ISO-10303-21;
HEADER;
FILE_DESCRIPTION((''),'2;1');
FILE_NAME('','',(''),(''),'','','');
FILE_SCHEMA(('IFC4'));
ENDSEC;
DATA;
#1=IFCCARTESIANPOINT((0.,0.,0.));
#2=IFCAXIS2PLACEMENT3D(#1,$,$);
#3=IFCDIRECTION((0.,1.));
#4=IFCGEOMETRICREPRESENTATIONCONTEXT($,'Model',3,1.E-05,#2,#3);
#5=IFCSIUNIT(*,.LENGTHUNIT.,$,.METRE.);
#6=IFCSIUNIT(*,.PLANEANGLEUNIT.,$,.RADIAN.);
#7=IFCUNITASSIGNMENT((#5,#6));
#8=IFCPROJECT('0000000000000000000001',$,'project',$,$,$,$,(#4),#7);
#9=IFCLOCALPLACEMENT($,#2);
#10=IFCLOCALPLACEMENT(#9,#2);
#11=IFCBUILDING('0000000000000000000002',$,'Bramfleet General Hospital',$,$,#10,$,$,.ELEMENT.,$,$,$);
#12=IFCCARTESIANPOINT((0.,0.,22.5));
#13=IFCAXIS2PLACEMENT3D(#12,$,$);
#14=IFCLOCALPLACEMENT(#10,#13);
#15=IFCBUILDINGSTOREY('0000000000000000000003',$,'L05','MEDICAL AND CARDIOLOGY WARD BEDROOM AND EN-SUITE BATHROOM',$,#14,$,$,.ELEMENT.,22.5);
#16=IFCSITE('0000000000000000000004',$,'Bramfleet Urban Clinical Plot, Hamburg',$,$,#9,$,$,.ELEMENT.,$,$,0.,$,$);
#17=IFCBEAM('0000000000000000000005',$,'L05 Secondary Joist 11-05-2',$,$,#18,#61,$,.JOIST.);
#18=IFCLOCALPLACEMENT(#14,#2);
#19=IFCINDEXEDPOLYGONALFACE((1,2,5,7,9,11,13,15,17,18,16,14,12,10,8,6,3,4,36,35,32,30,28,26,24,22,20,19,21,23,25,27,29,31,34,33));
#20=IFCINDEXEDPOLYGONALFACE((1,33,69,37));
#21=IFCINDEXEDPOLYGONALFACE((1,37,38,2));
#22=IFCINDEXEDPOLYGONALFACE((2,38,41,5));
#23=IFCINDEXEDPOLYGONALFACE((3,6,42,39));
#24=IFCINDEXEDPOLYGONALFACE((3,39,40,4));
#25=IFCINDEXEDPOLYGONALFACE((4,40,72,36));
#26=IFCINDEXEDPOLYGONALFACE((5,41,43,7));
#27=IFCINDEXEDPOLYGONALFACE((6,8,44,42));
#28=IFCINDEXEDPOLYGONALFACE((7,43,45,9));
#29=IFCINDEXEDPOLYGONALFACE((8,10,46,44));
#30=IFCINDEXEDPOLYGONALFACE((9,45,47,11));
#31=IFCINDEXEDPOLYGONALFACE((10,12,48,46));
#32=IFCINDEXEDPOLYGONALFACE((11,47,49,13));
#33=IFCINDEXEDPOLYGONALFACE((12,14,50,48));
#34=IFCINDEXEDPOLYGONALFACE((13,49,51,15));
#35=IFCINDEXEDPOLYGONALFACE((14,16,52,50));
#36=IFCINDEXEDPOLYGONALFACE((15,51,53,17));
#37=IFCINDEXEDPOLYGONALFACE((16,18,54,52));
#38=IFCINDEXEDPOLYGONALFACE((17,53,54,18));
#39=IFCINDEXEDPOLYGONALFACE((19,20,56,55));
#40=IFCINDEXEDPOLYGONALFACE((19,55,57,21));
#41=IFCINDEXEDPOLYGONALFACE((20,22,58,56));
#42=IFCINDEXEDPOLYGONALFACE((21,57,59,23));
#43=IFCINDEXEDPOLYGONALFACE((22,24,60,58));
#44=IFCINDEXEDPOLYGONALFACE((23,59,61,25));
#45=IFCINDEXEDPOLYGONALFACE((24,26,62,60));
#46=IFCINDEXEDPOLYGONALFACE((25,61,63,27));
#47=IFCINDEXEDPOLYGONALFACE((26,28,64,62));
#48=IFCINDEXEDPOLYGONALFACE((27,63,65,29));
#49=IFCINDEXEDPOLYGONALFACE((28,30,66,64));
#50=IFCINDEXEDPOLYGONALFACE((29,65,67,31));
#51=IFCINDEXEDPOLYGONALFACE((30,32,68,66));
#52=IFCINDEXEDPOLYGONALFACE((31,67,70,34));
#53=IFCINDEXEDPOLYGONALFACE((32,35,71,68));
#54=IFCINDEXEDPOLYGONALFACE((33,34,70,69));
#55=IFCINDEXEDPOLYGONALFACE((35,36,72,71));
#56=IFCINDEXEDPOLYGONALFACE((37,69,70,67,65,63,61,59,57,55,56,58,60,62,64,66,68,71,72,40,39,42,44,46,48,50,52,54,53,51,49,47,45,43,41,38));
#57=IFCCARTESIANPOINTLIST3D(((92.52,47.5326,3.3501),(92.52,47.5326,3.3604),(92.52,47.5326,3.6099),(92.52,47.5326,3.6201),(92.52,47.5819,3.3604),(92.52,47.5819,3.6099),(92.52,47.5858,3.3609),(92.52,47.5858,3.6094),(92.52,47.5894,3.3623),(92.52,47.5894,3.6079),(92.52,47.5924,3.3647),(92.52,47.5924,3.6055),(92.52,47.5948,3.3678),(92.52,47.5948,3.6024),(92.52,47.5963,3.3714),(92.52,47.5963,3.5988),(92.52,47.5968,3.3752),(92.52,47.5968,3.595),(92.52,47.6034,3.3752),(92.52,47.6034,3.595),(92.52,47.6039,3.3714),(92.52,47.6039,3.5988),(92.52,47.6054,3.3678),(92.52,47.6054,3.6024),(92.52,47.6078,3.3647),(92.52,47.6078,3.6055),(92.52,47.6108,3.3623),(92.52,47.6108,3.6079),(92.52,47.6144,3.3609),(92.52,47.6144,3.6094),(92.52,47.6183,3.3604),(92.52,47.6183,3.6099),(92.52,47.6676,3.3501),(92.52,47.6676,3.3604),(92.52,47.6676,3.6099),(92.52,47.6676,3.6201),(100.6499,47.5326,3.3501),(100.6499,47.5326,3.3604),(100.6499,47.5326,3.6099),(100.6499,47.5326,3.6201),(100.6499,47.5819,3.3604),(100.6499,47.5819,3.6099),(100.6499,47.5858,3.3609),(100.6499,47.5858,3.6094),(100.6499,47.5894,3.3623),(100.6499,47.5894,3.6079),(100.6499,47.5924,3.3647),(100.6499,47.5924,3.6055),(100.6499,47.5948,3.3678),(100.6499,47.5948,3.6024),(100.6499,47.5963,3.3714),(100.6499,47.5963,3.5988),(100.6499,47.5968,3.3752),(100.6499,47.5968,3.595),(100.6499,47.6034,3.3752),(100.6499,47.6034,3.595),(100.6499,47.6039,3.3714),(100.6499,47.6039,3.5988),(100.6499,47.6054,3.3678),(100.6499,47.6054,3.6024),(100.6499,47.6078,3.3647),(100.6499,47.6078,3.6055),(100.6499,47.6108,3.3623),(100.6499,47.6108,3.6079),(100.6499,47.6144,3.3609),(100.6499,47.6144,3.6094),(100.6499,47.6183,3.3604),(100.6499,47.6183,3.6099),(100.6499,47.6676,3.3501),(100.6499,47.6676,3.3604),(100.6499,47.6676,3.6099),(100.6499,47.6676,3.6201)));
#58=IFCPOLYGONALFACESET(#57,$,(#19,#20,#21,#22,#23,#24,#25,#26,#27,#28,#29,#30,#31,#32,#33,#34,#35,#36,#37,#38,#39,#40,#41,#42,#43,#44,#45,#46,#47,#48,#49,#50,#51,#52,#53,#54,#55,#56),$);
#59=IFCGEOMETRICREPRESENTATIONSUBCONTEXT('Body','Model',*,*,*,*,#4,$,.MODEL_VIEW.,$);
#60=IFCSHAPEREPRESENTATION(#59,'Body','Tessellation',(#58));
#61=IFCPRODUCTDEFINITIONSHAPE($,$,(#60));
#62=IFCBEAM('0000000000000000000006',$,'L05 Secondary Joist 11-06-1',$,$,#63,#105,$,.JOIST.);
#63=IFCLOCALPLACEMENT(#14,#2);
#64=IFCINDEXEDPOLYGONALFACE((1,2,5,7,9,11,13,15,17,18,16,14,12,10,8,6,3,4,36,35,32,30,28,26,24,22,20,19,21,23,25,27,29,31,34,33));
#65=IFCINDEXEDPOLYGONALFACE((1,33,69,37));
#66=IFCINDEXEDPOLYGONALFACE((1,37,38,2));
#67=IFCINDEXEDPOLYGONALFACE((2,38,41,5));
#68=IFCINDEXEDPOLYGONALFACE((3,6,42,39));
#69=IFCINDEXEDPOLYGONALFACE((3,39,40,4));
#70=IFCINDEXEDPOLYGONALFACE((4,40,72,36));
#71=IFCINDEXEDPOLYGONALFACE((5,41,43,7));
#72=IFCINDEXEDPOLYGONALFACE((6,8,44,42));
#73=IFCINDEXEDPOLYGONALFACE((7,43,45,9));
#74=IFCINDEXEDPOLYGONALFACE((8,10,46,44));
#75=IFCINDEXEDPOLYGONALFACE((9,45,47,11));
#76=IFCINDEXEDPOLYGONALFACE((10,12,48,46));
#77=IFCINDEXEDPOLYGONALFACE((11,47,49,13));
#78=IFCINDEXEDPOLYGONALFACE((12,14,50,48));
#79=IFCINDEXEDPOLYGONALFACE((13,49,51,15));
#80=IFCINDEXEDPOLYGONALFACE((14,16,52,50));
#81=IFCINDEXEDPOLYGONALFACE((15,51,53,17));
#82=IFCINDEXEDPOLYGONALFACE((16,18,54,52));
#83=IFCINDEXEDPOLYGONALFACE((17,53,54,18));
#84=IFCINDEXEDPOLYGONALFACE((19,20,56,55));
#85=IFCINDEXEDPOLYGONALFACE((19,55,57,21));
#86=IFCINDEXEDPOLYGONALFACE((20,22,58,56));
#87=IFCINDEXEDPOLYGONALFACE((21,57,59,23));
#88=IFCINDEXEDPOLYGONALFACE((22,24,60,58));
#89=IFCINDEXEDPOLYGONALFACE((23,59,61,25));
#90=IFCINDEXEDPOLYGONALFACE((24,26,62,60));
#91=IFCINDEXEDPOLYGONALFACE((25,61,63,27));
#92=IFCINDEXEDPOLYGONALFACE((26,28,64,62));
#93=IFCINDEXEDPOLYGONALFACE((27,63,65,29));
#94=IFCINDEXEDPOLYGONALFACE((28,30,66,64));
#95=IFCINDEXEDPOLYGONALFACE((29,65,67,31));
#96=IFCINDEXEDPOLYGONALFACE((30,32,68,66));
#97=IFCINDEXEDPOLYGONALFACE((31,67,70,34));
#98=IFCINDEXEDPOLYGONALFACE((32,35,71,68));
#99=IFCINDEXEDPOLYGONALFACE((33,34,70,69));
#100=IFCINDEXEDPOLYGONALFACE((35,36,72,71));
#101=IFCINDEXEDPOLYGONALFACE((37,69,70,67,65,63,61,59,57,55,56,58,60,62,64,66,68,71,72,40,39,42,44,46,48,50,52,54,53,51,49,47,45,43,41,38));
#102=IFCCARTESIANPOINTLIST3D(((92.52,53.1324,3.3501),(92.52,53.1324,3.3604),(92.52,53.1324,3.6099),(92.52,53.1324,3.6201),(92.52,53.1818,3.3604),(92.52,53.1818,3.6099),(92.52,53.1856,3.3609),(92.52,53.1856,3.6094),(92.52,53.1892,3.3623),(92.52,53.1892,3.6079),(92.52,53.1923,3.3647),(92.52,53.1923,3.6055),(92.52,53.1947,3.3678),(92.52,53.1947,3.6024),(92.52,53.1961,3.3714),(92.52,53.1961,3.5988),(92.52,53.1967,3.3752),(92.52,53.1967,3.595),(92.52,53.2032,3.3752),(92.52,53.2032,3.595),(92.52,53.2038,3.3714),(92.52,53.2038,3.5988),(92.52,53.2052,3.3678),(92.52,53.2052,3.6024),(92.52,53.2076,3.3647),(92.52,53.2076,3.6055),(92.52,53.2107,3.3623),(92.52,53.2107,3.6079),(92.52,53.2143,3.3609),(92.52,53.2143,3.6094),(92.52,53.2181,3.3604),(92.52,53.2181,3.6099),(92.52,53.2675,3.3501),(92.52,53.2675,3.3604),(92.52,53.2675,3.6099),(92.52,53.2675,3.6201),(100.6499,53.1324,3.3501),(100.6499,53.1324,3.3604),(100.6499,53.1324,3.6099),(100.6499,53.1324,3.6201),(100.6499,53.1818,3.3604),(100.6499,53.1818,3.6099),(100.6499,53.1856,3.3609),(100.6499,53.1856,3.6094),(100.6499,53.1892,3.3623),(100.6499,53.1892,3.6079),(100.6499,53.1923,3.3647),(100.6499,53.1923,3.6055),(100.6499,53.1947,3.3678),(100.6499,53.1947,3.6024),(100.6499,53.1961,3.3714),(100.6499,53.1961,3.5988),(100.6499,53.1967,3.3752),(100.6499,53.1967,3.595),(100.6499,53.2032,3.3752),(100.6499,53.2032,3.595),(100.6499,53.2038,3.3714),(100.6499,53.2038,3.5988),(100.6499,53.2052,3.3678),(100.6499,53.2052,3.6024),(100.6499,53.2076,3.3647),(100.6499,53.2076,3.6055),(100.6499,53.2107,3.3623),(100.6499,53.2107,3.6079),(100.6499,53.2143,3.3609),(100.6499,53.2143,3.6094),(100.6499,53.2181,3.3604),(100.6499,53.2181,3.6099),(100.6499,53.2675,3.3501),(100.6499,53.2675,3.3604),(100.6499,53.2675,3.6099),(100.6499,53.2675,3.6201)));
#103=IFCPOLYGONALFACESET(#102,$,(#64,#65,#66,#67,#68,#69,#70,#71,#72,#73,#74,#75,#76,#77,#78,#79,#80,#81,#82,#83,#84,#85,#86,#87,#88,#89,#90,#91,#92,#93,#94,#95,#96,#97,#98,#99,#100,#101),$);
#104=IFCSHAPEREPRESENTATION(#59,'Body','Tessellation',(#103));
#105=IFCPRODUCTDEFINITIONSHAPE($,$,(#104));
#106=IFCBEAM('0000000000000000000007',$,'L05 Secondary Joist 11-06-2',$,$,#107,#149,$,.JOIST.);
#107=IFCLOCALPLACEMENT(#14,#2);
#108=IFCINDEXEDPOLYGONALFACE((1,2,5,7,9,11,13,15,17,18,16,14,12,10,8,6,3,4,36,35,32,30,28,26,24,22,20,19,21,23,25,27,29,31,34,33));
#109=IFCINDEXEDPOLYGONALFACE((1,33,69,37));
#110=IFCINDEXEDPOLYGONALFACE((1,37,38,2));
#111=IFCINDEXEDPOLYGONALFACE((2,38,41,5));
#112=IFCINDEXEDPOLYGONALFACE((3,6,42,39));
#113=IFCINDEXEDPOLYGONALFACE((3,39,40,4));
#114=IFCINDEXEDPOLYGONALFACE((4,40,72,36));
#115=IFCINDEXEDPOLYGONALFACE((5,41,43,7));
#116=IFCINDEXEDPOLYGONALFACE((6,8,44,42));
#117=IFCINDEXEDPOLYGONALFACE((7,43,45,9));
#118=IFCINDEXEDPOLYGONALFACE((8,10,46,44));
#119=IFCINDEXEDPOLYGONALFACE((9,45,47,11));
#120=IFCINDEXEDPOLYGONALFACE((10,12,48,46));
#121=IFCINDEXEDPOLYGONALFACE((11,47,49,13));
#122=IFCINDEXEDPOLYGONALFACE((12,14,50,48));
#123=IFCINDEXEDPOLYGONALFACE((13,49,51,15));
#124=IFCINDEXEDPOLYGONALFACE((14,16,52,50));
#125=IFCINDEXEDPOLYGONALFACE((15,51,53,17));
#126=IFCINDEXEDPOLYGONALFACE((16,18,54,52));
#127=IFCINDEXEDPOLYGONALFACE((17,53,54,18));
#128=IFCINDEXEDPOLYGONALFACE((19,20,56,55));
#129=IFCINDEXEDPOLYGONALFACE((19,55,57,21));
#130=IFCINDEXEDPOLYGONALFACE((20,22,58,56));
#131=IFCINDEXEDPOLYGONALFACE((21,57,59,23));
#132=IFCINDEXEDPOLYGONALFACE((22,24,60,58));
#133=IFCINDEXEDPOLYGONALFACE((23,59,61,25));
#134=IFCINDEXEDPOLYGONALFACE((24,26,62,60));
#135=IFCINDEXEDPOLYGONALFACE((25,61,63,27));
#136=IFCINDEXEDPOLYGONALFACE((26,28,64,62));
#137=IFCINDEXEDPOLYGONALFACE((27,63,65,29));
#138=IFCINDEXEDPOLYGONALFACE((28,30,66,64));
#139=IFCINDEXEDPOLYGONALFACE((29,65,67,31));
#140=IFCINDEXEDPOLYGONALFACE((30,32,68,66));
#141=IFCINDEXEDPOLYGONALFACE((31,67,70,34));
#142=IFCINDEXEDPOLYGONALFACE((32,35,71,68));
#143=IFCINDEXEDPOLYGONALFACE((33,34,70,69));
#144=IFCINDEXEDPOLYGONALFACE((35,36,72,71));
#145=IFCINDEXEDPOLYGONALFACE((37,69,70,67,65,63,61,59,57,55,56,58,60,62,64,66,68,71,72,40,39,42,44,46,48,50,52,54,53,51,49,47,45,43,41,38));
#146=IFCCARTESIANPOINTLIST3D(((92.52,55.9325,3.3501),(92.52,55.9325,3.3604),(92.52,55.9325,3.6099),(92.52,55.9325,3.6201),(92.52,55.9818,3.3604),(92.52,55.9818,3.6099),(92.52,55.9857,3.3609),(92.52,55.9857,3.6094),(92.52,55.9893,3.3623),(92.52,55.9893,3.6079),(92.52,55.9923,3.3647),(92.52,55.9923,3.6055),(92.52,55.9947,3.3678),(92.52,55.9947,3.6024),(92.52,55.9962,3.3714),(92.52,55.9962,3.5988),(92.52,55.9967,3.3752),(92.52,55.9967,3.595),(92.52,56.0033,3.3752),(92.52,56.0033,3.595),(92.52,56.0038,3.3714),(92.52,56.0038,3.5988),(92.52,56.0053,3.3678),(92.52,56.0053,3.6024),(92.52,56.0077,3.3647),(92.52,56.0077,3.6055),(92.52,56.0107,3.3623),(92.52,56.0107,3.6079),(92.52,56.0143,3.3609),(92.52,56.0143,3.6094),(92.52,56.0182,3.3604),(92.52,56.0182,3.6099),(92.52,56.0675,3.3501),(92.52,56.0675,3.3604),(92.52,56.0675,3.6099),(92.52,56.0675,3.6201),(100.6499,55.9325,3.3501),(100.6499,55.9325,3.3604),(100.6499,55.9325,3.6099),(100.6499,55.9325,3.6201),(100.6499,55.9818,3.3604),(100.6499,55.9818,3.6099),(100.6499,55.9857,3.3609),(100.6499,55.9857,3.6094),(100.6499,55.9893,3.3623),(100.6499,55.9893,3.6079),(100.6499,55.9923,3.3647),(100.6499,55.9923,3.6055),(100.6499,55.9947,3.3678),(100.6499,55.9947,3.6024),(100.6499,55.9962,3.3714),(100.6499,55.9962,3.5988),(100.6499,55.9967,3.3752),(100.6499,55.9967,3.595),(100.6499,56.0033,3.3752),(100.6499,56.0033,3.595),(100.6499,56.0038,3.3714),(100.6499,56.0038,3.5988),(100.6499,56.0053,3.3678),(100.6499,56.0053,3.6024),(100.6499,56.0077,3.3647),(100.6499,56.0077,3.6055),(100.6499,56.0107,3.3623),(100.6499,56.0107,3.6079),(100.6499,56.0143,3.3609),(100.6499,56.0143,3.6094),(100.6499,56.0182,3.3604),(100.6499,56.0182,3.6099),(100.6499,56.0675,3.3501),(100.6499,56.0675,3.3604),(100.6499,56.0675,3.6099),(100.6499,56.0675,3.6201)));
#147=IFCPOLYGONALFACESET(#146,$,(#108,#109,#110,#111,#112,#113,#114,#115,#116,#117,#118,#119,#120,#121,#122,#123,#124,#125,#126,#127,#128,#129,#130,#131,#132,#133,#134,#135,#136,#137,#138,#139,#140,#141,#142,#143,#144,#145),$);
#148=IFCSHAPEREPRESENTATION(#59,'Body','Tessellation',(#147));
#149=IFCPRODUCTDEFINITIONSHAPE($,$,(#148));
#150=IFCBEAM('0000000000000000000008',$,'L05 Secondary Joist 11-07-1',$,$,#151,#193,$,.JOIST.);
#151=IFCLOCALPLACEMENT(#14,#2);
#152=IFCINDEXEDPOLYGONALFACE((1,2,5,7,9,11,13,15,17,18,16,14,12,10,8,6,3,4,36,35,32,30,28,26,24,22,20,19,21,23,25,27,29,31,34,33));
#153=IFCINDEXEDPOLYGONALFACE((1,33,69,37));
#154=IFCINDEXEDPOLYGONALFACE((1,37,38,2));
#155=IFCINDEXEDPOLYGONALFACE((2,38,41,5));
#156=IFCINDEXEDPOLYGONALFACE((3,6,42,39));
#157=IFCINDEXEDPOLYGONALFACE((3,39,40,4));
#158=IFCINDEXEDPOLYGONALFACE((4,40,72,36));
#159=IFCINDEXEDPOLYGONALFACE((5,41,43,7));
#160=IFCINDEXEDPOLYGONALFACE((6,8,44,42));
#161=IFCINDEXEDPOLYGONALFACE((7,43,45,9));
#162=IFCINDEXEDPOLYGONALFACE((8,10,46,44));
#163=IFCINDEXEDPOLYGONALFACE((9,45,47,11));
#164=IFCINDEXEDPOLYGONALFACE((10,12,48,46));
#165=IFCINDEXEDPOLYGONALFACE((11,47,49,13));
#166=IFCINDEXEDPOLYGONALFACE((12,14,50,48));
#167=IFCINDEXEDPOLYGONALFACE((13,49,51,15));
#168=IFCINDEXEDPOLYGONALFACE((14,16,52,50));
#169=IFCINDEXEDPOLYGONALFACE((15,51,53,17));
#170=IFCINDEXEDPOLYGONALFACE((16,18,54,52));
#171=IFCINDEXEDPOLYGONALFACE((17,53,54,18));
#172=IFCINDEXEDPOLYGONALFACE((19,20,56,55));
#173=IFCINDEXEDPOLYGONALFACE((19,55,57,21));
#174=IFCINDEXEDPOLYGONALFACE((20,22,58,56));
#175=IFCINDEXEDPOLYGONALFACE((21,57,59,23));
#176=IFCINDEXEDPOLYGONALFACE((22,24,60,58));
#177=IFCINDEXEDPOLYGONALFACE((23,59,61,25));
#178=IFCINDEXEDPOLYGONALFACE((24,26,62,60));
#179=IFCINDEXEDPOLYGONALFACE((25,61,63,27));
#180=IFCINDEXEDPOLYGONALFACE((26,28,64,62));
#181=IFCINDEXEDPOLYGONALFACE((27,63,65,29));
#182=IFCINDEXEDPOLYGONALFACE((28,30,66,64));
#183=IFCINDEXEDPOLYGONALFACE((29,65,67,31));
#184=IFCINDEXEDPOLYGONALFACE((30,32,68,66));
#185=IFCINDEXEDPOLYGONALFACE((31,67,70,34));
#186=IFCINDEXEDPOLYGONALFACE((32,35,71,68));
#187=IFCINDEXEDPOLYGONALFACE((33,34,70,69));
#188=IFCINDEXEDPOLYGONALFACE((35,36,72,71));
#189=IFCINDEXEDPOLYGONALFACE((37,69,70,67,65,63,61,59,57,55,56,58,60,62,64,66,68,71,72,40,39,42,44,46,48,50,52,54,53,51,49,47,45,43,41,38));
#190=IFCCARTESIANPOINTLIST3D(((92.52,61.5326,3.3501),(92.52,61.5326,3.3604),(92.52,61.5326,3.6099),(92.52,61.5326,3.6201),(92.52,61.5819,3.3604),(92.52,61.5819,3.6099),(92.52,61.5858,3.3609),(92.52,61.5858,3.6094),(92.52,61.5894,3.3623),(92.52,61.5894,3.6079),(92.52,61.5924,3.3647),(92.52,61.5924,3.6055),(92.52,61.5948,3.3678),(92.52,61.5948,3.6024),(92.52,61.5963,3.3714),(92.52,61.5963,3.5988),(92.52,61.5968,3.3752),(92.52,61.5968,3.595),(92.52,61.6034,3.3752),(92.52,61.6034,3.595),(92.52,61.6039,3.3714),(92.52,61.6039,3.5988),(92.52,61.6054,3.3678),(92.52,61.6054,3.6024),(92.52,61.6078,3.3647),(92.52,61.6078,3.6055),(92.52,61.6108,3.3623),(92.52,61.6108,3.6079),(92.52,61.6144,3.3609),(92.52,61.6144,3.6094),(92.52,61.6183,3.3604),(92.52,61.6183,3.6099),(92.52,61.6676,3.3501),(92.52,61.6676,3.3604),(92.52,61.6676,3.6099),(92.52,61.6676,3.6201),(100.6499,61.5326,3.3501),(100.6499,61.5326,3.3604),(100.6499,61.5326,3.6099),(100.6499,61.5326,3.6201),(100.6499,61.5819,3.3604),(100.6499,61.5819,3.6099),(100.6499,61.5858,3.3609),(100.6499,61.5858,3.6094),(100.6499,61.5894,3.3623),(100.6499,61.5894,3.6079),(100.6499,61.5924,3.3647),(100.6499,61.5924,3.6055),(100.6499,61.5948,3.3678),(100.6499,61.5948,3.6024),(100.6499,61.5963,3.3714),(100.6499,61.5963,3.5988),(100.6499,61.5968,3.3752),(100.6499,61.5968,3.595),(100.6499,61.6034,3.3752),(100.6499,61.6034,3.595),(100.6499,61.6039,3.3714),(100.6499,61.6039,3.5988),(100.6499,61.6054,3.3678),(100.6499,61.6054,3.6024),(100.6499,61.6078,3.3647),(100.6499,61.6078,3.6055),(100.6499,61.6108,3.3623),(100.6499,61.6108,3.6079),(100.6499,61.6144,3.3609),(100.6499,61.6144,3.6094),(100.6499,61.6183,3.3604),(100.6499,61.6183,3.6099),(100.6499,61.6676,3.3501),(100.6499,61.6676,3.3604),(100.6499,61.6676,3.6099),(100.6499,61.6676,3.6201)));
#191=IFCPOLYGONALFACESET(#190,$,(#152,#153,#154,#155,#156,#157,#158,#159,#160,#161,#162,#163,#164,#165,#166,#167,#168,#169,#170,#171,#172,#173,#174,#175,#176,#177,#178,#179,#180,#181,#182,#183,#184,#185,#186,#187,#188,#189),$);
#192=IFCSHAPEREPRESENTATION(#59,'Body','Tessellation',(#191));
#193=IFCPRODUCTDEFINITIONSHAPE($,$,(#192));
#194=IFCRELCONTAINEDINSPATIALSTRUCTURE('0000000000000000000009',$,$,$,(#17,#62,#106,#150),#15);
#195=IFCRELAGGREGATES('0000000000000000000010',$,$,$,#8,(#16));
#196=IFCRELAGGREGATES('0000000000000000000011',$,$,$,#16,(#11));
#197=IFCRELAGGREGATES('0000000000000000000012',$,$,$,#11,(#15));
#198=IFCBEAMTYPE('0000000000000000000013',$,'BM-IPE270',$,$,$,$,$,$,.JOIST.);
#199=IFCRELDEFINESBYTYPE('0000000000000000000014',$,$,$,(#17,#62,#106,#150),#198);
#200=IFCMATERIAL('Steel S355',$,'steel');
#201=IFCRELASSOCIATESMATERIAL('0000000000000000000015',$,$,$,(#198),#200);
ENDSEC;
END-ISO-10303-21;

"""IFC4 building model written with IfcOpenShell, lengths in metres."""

from ifc_helpers import new_model, si_unit, direction, frame, origin, origin_2d, place, context, subcontext, project, spatial, i_section, extrude, material, material_profile, profile_set, type_object, element, save


model = new_model("IFC4")

# Units and contexts
model_context = context("Model", 3, precision=1e-05, world=origin(), true_north=direction((0.0, 1.0)))
body_context = subcontext(model_context, "Body", "Model", "MODEL_VIEW")
ifc_project = project(units=[si_unit("LENGTHUNIT", "METRE"), si_unit("PLANEANGLEUNIT", "RADIAN")], contexts=[model_context])

# Site, building, storey
site_placement = place(None, origin())
site = spatial("IfcSite", under=ifc_project, at=site_placement, Name="Bramfleet Urban Clinical Plot, Hamburg", CompositionType="ELEMENT", RefElevation=0.0)
building_placement = place(site_placement, origin())
building = spatial("IfcBuilding", under=site, at=building_placement, Name="Bramfleet General Hospital", CompositionType="ELEMENT")
storey_placement = place(building_placement, frame((0.0, 0.0, 22.5)))
storey = spatial("IfcBuildingStorey", under=building, at=storey_placement, Name="L05", Description="MEDICAL AND CARDIOLOGY WARD BEDROOM AND EN-SUITE BATHROOM", CompositionType="ELEMENT", Elevation=22.5)

# Beams
ifc_material_1 = material(Name="Steel S355", Category="steel")
ifc_material_profile_1 = material_profile(ifc_material_1, i_section(OverallWidth=0.135, OverallDepth=0.27, WebThickness=0.0066, FlangeThickness=0.0103, FilletRadius=0.0149, at=origin_2d()), Name="IPE 270")
ifc_profile_set_1 = profile_set([ifc_material_profile_1], Name="Steel S355")
beam_type_1 = type_object("IfcBeamType", Name="BM-IPE270", PredefinedType="JOIST", material=ifc_profile_set_1)
for number, where, z_axis, x_axis, name in (
    (1, (92.52, 47.6001, 3.4851), (1.0, 0.0, 0.0), (0.0, 1.0, 0.0), "L05 Secondary Joist 11-05-2"),
    (2, (92.52, 53.2, 3.4851), (1.0, 0.0, 0.0), (0.0, 1.0, 0.0), "L05 Secondary Joist 11-06-1"),
    (3, (92.52, 56.0, 3.4851), (1.0, 0.0, 0.0), (0.0, 1.0, 0.0), "L05 Secondary Joist 11-06-2"),
    (4, (92.52, 61.6001, 3.4851), (1.0, 0.0, 0.0), (0.0, 1.0, 0.0), "L05 Secondary Joist 11-07-1"),
):
    element("IfcBeam", number, at=place(storey_placement, frame(where, z_axis=z_axis, x_axis=x_axis)), inside=storey, type_object=beam_type_1, Name=name, PredefinedType="JOIST", context=body_context, shape_type="SweptSolid", body=[
        extrude(i_section(OverallWidth=0.135, OverallDepth=0.27, WebThickness=0.0066, FlangeThickness=0.0103, FilletRadius=0.0149, at=origin_2d()), origin(), (0.0, 0.0, 1.0), 8.1299),
    ])

save(model, "model.ifc")
